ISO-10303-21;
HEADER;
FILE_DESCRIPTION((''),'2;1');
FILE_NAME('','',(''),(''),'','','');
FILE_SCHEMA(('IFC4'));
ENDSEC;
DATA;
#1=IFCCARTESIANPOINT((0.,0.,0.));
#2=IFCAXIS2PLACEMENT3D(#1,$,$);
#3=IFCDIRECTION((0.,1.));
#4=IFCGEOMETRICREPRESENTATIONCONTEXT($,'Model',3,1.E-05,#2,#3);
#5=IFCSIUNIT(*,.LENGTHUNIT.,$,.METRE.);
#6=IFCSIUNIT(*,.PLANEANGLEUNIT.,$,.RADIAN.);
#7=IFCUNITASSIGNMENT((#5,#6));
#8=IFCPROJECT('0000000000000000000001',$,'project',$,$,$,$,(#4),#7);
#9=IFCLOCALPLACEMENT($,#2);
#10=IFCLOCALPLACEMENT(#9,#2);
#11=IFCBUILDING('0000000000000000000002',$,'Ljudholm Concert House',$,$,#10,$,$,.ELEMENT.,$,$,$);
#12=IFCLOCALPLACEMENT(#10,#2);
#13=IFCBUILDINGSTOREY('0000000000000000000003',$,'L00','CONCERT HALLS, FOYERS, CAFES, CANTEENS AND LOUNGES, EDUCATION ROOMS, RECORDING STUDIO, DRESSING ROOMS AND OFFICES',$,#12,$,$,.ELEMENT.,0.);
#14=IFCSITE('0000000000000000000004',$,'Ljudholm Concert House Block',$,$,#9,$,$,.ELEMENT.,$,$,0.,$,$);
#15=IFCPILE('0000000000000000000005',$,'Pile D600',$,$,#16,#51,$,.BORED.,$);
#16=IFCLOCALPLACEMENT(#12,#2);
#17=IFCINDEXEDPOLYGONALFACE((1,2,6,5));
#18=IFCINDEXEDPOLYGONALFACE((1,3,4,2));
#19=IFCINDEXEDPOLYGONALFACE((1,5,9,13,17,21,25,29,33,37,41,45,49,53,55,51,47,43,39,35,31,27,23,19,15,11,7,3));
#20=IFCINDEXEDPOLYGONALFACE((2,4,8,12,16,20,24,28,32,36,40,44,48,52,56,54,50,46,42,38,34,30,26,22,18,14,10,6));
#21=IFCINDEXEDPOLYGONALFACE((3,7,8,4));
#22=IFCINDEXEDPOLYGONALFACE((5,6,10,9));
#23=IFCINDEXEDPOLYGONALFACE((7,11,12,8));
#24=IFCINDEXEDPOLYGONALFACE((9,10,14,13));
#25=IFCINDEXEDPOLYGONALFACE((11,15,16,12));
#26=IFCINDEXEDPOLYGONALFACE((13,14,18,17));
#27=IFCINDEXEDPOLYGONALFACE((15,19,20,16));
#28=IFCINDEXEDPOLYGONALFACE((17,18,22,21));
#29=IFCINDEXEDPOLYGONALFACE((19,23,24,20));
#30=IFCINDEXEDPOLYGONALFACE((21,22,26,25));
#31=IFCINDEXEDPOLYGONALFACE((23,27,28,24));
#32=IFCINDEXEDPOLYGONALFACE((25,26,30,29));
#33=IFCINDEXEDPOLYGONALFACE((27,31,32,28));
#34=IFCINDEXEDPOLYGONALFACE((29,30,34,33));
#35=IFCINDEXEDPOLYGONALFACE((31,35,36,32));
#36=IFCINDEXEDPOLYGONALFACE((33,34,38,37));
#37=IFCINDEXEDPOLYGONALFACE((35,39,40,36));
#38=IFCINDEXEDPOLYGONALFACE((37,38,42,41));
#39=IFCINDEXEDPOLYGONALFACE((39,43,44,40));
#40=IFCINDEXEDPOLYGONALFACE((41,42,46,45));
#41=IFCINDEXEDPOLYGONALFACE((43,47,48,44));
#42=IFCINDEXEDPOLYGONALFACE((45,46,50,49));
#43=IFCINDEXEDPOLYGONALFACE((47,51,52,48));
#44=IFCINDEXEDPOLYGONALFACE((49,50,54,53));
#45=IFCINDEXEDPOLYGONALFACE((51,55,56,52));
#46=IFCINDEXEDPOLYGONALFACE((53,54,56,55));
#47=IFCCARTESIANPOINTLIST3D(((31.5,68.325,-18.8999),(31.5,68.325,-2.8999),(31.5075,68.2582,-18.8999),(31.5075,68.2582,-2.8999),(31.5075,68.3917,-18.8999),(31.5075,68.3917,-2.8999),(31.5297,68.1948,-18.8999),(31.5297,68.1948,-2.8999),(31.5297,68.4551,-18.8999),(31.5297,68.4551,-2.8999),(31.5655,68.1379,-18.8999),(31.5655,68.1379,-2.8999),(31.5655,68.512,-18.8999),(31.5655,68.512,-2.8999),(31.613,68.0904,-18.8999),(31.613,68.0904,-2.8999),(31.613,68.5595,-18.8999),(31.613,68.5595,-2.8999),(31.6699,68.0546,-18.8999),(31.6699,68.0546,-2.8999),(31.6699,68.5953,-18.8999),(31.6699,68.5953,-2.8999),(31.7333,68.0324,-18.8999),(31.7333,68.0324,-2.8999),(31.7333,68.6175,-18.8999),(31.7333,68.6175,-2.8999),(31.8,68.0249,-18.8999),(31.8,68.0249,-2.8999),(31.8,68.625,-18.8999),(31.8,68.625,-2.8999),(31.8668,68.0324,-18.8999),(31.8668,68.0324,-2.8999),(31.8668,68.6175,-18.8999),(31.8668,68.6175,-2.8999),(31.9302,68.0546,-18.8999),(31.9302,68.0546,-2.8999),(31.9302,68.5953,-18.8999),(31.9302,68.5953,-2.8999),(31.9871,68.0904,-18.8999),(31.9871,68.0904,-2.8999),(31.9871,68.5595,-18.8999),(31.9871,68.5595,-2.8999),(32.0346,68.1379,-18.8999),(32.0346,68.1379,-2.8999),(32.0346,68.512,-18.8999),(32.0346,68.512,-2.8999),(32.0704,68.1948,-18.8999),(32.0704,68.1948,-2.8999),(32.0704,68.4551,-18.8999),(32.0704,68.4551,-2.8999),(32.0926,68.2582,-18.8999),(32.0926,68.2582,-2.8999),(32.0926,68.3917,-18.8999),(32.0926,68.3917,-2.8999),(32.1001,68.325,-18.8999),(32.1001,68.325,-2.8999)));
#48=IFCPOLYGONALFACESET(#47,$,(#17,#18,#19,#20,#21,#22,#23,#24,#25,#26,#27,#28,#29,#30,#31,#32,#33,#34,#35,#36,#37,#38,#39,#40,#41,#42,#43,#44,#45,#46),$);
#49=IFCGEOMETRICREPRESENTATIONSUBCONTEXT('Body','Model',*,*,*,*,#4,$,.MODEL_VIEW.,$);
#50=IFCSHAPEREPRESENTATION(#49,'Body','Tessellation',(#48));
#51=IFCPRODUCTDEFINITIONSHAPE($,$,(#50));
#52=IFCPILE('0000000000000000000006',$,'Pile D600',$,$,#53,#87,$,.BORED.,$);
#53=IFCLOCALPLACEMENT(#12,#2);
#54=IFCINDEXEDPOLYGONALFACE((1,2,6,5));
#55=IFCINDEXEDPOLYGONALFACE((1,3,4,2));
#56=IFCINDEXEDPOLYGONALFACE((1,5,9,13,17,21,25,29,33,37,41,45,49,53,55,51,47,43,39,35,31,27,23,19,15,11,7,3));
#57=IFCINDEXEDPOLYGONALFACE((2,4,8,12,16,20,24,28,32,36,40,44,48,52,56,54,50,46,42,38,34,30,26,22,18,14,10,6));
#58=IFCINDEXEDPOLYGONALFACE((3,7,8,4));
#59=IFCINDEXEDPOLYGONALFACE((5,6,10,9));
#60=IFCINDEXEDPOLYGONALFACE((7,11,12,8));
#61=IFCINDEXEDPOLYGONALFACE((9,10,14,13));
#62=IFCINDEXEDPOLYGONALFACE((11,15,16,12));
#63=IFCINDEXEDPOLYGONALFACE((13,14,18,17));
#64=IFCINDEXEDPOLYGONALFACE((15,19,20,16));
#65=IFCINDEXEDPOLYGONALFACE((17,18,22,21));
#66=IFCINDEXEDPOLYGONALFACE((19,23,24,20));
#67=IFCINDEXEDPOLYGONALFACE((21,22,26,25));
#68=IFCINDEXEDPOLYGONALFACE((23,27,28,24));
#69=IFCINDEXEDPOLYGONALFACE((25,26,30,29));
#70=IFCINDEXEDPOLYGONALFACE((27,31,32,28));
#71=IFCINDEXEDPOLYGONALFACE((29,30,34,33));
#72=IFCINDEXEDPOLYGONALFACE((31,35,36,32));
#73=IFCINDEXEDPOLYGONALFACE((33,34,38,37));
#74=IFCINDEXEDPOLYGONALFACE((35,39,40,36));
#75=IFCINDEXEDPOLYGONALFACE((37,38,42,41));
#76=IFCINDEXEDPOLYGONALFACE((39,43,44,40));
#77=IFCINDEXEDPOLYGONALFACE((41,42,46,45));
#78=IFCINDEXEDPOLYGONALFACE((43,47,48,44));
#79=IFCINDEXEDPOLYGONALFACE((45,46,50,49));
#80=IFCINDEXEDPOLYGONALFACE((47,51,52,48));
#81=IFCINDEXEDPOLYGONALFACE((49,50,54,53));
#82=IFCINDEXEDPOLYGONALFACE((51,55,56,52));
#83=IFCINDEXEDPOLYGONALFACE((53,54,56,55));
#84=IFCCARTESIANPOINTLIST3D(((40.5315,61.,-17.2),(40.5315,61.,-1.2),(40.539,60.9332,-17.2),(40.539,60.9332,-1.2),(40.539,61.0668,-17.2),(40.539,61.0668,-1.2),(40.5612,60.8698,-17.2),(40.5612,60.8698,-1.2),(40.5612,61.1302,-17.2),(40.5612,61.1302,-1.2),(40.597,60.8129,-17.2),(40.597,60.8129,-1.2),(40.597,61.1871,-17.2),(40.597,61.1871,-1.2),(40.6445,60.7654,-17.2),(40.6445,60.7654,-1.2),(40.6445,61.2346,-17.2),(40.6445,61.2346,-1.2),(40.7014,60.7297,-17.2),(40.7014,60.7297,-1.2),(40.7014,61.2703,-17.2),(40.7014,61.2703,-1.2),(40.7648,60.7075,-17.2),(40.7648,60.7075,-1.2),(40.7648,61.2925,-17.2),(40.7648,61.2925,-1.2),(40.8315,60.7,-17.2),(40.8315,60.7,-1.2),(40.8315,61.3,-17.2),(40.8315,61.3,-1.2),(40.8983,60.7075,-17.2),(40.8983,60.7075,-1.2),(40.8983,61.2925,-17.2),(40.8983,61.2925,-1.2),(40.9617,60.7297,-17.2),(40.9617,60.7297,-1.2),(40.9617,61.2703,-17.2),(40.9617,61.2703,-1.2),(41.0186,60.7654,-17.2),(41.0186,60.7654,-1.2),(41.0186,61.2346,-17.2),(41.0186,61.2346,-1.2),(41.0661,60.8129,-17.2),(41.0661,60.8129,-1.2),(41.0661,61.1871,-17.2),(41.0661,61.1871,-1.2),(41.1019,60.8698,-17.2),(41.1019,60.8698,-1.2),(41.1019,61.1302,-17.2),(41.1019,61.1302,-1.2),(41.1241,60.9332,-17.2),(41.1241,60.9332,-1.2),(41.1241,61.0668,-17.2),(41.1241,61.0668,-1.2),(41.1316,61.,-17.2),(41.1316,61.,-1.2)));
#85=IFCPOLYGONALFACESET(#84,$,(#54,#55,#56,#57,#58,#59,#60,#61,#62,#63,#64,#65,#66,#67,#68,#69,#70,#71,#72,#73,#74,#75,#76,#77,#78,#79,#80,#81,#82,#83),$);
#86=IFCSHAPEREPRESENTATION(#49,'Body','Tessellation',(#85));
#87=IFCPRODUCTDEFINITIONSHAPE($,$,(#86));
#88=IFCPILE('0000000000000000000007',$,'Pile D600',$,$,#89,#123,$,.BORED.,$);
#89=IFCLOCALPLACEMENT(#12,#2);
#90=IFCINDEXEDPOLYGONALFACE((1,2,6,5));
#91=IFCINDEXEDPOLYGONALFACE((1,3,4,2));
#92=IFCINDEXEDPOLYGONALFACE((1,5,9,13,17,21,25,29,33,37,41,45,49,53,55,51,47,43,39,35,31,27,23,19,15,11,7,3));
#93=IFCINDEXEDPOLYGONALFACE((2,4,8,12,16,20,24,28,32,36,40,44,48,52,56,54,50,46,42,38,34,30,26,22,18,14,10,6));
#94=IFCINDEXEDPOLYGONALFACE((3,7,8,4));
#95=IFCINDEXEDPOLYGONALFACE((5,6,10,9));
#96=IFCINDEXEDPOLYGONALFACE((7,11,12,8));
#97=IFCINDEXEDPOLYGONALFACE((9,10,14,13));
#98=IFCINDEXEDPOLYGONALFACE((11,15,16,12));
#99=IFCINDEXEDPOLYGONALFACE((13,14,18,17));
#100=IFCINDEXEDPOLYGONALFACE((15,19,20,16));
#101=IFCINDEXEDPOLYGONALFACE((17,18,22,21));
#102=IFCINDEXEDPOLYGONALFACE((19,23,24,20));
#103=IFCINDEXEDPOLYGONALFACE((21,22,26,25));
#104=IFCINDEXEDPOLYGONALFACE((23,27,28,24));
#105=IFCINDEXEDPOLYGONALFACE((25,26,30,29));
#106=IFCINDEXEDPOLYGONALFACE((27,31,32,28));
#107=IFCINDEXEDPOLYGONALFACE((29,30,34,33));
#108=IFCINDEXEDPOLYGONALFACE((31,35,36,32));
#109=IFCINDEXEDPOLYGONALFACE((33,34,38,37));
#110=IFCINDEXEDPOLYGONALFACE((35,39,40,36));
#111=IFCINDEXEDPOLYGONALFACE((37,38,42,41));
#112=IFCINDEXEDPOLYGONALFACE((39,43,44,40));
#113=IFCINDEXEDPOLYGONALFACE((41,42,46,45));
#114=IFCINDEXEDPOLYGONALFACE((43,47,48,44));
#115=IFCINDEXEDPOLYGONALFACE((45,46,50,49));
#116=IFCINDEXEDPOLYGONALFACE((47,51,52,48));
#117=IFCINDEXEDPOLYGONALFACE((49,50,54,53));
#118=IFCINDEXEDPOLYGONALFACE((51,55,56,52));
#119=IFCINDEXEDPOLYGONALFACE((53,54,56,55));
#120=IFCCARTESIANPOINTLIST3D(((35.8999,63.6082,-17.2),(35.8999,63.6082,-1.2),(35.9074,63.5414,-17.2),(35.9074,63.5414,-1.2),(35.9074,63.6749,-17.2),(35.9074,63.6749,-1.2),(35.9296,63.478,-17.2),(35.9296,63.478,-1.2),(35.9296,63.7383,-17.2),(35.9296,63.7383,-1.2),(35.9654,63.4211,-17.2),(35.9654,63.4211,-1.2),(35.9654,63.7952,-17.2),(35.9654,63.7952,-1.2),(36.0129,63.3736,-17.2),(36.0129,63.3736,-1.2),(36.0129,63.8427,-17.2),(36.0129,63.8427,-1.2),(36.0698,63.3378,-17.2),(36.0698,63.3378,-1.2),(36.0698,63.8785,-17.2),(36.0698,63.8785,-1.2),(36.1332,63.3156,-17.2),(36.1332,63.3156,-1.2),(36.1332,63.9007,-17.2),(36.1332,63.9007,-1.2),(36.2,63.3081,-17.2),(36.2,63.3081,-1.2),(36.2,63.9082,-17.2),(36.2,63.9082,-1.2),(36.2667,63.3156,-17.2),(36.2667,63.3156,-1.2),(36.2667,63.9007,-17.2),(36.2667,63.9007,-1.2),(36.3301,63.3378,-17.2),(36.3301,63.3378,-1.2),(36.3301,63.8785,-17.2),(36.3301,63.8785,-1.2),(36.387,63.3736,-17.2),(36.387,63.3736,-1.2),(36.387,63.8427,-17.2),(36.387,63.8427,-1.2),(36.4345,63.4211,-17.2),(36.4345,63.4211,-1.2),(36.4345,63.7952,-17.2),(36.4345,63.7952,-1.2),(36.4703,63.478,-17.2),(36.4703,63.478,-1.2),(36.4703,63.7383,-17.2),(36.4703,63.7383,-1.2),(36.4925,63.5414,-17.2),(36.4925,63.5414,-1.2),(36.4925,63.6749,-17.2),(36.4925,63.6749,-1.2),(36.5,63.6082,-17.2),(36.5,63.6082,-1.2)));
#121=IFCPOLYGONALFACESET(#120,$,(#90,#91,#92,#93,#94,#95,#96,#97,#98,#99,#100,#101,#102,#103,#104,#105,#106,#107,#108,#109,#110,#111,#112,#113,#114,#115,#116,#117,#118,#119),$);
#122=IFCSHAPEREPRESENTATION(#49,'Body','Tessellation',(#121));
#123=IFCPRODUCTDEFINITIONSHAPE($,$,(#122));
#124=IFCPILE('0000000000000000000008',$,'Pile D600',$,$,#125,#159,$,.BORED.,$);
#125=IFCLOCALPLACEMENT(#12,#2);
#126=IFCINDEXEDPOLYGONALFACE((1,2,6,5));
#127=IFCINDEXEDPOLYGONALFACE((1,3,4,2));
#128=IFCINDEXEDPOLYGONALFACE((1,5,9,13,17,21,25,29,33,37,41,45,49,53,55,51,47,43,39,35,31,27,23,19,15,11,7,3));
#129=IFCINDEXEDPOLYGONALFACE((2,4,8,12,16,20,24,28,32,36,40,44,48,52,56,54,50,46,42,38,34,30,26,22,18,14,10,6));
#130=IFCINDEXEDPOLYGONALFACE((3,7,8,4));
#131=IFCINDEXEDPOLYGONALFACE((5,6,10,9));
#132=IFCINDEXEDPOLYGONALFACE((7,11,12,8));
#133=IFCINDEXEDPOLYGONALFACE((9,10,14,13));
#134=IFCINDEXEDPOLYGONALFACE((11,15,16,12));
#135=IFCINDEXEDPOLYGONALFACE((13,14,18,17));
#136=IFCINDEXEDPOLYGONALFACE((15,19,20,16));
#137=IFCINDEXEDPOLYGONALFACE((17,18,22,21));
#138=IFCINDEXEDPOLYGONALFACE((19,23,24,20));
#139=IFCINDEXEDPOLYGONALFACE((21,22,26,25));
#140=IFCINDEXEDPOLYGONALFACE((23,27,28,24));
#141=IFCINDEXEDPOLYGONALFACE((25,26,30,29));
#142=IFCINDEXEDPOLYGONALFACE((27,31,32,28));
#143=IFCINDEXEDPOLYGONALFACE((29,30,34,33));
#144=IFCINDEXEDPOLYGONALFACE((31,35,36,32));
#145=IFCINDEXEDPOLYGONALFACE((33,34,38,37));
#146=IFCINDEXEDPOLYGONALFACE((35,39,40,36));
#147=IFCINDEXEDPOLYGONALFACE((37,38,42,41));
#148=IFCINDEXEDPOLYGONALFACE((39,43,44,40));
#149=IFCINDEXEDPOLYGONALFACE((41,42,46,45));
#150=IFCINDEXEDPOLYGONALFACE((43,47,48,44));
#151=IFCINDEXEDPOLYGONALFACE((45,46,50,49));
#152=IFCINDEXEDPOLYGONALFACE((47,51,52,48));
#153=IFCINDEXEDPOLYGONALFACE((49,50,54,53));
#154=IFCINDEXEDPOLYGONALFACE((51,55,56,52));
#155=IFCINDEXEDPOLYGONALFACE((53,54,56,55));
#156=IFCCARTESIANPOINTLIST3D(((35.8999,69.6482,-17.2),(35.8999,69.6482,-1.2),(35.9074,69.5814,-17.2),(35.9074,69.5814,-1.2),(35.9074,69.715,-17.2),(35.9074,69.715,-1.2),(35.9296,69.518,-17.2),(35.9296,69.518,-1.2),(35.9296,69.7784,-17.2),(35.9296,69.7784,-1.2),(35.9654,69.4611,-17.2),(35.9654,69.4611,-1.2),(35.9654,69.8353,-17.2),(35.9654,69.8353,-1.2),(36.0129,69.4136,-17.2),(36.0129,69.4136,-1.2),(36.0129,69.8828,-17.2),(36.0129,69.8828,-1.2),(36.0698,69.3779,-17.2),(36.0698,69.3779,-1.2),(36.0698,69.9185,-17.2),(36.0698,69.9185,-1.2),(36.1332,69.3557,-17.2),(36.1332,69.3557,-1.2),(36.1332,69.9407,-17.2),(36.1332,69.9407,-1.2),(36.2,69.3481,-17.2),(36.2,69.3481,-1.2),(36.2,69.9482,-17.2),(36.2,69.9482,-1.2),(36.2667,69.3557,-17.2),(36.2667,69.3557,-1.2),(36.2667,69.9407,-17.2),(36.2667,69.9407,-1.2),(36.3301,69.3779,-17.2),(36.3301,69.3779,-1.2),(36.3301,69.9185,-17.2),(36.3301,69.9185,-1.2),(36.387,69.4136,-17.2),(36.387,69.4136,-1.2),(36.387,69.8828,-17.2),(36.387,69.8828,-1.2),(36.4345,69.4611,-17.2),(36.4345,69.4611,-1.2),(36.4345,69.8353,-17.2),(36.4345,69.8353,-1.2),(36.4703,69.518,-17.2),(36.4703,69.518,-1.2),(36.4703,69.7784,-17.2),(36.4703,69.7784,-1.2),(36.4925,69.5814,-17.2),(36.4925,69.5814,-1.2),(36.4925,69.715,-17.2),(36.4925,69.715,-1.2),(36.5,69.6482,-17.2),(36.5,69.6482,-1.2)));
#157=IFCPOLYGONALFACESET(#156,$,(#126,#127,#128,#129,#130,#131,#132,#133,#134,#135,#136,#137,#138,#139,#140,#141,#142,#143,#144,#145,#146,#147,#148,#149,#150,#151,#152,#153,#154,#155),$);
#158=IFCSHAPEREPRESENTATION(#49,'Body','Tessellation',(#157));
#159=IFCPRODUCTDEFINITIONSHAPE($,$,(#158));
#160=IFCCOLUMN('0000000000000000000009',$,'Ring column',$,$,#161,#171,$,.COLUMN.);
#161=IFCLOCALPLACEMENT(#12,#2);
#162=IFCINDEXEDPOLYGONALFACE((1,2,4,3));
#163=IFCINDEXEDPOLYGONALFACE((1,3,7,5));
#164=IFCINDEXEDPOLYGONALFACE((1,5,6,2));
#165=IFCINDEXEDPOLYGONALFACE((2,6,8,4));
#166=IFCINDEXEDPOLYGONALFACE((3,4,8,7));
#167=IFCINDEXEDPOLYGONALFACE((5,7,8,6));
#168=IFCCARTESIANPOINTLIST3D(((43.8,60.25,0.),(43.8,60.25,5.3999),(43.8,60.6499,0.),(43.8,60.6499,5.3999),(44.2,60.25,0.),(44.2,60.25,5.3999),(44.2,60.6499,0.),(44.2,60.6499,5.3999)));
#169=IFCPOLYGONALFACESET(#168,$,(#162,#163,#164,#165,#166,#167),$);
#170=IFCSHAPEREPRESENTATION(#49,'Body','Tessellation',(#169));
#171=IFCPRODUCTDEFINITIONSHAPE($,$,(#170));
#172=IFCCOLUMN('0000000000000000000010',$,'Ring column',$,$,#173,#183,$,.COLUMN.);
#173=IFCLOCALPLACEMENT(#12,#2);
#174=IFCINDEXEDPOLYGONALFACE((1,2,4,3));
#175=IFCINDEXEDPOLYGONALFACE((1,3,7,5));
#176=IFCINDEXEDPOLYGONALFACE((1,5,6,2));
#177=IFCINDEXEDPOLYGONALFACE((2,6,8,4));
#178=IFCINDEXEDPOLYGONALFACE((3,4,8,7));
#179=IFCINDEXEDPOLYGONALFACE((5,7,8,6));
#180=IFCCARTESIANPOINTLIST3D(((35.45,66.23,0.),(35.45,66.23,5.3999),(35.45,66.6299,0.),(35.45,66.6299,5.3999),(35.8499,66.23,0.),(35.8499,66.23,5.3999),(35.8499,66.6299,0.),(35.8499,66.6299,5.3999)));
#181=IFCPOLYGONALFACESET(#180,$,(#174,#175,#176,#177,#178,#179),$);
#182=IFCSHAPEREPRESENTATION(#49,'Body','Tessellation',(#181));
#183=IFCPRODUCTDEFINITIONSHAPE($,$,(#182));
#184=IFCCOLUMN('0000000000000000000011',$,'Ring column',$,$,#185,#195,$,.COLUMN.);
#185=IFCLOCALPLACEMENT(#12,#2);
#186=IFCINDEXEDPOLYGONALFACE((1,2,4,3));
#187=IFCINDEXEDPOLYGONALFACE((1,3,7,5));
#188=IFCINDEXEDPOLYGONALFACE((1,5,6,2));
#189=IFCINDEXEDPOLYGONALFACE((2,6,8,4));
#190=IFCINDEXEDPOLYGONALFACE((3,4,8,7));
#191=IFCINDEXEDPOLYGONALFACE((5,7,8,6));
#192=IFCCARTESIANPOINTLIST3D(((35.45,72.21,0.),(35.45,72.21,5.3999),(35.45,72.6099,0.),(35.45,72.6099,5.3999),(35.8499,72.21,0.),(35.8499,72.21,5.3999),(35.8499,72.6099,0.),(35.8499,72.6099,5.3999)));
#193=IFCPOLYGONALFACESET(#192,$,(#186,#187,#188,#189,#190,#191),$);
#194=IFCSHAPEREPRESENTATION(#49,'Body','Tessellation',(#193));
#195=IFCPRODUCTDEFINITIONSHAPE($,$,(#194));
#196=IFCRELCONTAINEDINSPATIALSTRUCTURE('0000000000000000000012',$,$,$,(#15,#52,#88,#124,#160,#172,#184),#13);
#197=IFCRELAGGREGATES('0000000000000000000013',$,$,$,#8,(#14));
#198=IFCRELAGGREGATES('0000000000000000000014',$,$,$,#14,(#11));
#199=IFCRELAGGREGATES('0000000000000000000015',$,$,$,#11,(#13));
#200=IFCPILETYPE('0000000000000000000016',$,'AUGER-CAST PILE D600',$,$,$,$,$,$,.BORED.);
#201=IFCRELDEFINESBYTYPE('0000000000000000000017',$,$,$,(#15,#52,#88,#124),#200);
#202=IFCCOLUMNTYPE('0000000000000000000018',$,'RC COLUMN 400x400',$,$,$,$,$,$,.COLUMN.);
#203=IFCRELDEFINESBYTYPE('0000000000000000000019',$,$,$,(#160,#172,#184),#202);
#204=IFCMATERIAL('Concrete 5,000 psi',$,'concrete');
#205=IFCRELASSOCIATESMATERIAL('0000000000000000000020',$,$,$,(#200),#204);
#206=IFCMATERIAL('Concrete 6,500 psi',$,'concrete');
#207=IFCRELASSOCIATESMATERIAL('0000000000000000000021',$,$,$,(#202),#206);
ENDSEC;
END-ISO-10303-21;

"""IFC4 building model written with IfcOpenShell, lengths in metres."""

from ifc_helpers import new_model, si_unit, direction, frame, origin, origin_2d, place, context, subcontext, project, spatial, rectangle, circle, extrude, material, material_profile, profile_set, type_object, element, save


model = new_model("IFC4")

# Units and contexts
model_context = context("Model", 3, precision=1e-05, world=origin(), true_north=direction((0.0, 1.0)))
body_context = subcontext(model_context, "Body", "Model", "MODEL_VIEW")
ifc_project = project(units=[si_unit("LENGTHUNIT", "METRE"), si_unit("PLANEANGLEUNIT", "RADIAN")], contexts=[model_context])

# Site, building, storey
site_placement = place(None, origin())
site = spatial("IfcSite", under=ifc_project, at=site_placement, Name="Ljudholm Concert House Block", CompositionType="ELEMENT", RefElevation=0.0)
building_placement = place(site_placement, origin())
building = spatial("IfcBuilding", under=site, at=building_placement, Name="Ljudholm Concert House", CompositionType="ELEMENT")
storey_placement = place(building_placement, origin())
storey = spatial("IfcBuildingStorey", under=building, at=storey_placement, Name="L00", Description="CONCERT HALLS, FOYERS, CAFES, CANTEENS AND LOUNGES, EDUCATION ROOMS, RECORDING STUDIO, DRESSING ROOMS AND OFFICES", CompositionType="ELEMENT", Elevation=0.0)

# Piles
ifc_material_1 = material(Name="Concrete 5,000 psi", Category="concrete")
ifc_material_profile_1 = material_profile(ifc_material_1, circle(Radius=0.3, at=origin_2d()), Name="AUGER-CAST PILE D600")
ifc_profile_set_1 = profile_set([ifc_material_profile_1], Name="Concrete 5,000 psi")
pile_type = type_object("IfcPileType", Name="AUGER-CAST PILE D600", PredefinedType="BORED", material=ifc_profile_set_1)
for number, where, z_axis, x_axis, name in (
    (1, (31.8, 68.325, -2.8999), (0.0, 0.0, -1.0), (1.0, 0.0, 0.0), "Pile D600"),
    (2, (40.8315, 61.0, -1.2), (0.0, 0.0, -1.0), (1.0, 0.0, 0.0), "Pile D600"),
    (3, (36.2, 63.6082, -1.2), (0.0, 0.0, -1.0), (1.0, 0.0, 0.0), "Pile D600"),
    (4, (36.2, 69.6482, -1.2), (0.0, 0.0, -1.0), (1.0, 0.0, 0.0), "Pile D600"),
):
    element("IfcPile", number, at=place(storey_placement, frame(where, z_axis=z_axis, x_axis=x_axis)), inside=storey, type_object=pile_type, Name=name, PredefinedType="BORED", context=body_context, shape_type="SweptSolid", body=[
        extrude(circle(Radius=0.3, at=origin_2d()), origin(), (0.0, 0.0, 1.0), 16.0),
    ])

# Columns
ifc_material_2 = material(Name="Concrete 6,500 psi", Category="concrete")
ifc_material_profile_2 = material_profile(ifc_material_2, rectangle(XDim=0.3999, YDim=0.3999, at=origin_2d()), Name="RC COLUMN 400x400")
ifc_profile_set_2 = profile_set([ifc_material_profile_2], Name="Concrete 6,500 psi")
column_type = type_object("IfcColumnType", Name="RC COLUMN 400x400", PredefinedType="COLUMN", material=ifc_profile_set_2)
for number, where, z_axis, x_axis, name in (
    (5, (44.0, 60.45, 0.0), (0.0, 0.0, 1.0), (1.0, 0.0, 0.0), "Ring column"),
    (6, (35.6499, 66.4299, 0.0), (0.0, 0.0, 1.0), (1.0, 0.0, 0.0), "Ring column"),
    (7, (35.6499, 72.4099, 0.0), (0.0, 0.0, 1.0), (1.0, 0.0, 0.0), "Ring column"),
):
    element("IfcColumn", number, at=place(storey_placement, frame(where, z_axis=z_axis, x_axis=x_axis)), inside=storey, type_object=column_type, Name=name, PredefinedType="COLUMN", context=body_context, shape_type="SweptSolid", body=[
        extrude(rectangle(XDim=0.3999, YDim=0.3999, at=origin_2d()), origin(), (0.0, 0.0, 1.0), 5.3999),
    ])

save(model, "model.ifc")
